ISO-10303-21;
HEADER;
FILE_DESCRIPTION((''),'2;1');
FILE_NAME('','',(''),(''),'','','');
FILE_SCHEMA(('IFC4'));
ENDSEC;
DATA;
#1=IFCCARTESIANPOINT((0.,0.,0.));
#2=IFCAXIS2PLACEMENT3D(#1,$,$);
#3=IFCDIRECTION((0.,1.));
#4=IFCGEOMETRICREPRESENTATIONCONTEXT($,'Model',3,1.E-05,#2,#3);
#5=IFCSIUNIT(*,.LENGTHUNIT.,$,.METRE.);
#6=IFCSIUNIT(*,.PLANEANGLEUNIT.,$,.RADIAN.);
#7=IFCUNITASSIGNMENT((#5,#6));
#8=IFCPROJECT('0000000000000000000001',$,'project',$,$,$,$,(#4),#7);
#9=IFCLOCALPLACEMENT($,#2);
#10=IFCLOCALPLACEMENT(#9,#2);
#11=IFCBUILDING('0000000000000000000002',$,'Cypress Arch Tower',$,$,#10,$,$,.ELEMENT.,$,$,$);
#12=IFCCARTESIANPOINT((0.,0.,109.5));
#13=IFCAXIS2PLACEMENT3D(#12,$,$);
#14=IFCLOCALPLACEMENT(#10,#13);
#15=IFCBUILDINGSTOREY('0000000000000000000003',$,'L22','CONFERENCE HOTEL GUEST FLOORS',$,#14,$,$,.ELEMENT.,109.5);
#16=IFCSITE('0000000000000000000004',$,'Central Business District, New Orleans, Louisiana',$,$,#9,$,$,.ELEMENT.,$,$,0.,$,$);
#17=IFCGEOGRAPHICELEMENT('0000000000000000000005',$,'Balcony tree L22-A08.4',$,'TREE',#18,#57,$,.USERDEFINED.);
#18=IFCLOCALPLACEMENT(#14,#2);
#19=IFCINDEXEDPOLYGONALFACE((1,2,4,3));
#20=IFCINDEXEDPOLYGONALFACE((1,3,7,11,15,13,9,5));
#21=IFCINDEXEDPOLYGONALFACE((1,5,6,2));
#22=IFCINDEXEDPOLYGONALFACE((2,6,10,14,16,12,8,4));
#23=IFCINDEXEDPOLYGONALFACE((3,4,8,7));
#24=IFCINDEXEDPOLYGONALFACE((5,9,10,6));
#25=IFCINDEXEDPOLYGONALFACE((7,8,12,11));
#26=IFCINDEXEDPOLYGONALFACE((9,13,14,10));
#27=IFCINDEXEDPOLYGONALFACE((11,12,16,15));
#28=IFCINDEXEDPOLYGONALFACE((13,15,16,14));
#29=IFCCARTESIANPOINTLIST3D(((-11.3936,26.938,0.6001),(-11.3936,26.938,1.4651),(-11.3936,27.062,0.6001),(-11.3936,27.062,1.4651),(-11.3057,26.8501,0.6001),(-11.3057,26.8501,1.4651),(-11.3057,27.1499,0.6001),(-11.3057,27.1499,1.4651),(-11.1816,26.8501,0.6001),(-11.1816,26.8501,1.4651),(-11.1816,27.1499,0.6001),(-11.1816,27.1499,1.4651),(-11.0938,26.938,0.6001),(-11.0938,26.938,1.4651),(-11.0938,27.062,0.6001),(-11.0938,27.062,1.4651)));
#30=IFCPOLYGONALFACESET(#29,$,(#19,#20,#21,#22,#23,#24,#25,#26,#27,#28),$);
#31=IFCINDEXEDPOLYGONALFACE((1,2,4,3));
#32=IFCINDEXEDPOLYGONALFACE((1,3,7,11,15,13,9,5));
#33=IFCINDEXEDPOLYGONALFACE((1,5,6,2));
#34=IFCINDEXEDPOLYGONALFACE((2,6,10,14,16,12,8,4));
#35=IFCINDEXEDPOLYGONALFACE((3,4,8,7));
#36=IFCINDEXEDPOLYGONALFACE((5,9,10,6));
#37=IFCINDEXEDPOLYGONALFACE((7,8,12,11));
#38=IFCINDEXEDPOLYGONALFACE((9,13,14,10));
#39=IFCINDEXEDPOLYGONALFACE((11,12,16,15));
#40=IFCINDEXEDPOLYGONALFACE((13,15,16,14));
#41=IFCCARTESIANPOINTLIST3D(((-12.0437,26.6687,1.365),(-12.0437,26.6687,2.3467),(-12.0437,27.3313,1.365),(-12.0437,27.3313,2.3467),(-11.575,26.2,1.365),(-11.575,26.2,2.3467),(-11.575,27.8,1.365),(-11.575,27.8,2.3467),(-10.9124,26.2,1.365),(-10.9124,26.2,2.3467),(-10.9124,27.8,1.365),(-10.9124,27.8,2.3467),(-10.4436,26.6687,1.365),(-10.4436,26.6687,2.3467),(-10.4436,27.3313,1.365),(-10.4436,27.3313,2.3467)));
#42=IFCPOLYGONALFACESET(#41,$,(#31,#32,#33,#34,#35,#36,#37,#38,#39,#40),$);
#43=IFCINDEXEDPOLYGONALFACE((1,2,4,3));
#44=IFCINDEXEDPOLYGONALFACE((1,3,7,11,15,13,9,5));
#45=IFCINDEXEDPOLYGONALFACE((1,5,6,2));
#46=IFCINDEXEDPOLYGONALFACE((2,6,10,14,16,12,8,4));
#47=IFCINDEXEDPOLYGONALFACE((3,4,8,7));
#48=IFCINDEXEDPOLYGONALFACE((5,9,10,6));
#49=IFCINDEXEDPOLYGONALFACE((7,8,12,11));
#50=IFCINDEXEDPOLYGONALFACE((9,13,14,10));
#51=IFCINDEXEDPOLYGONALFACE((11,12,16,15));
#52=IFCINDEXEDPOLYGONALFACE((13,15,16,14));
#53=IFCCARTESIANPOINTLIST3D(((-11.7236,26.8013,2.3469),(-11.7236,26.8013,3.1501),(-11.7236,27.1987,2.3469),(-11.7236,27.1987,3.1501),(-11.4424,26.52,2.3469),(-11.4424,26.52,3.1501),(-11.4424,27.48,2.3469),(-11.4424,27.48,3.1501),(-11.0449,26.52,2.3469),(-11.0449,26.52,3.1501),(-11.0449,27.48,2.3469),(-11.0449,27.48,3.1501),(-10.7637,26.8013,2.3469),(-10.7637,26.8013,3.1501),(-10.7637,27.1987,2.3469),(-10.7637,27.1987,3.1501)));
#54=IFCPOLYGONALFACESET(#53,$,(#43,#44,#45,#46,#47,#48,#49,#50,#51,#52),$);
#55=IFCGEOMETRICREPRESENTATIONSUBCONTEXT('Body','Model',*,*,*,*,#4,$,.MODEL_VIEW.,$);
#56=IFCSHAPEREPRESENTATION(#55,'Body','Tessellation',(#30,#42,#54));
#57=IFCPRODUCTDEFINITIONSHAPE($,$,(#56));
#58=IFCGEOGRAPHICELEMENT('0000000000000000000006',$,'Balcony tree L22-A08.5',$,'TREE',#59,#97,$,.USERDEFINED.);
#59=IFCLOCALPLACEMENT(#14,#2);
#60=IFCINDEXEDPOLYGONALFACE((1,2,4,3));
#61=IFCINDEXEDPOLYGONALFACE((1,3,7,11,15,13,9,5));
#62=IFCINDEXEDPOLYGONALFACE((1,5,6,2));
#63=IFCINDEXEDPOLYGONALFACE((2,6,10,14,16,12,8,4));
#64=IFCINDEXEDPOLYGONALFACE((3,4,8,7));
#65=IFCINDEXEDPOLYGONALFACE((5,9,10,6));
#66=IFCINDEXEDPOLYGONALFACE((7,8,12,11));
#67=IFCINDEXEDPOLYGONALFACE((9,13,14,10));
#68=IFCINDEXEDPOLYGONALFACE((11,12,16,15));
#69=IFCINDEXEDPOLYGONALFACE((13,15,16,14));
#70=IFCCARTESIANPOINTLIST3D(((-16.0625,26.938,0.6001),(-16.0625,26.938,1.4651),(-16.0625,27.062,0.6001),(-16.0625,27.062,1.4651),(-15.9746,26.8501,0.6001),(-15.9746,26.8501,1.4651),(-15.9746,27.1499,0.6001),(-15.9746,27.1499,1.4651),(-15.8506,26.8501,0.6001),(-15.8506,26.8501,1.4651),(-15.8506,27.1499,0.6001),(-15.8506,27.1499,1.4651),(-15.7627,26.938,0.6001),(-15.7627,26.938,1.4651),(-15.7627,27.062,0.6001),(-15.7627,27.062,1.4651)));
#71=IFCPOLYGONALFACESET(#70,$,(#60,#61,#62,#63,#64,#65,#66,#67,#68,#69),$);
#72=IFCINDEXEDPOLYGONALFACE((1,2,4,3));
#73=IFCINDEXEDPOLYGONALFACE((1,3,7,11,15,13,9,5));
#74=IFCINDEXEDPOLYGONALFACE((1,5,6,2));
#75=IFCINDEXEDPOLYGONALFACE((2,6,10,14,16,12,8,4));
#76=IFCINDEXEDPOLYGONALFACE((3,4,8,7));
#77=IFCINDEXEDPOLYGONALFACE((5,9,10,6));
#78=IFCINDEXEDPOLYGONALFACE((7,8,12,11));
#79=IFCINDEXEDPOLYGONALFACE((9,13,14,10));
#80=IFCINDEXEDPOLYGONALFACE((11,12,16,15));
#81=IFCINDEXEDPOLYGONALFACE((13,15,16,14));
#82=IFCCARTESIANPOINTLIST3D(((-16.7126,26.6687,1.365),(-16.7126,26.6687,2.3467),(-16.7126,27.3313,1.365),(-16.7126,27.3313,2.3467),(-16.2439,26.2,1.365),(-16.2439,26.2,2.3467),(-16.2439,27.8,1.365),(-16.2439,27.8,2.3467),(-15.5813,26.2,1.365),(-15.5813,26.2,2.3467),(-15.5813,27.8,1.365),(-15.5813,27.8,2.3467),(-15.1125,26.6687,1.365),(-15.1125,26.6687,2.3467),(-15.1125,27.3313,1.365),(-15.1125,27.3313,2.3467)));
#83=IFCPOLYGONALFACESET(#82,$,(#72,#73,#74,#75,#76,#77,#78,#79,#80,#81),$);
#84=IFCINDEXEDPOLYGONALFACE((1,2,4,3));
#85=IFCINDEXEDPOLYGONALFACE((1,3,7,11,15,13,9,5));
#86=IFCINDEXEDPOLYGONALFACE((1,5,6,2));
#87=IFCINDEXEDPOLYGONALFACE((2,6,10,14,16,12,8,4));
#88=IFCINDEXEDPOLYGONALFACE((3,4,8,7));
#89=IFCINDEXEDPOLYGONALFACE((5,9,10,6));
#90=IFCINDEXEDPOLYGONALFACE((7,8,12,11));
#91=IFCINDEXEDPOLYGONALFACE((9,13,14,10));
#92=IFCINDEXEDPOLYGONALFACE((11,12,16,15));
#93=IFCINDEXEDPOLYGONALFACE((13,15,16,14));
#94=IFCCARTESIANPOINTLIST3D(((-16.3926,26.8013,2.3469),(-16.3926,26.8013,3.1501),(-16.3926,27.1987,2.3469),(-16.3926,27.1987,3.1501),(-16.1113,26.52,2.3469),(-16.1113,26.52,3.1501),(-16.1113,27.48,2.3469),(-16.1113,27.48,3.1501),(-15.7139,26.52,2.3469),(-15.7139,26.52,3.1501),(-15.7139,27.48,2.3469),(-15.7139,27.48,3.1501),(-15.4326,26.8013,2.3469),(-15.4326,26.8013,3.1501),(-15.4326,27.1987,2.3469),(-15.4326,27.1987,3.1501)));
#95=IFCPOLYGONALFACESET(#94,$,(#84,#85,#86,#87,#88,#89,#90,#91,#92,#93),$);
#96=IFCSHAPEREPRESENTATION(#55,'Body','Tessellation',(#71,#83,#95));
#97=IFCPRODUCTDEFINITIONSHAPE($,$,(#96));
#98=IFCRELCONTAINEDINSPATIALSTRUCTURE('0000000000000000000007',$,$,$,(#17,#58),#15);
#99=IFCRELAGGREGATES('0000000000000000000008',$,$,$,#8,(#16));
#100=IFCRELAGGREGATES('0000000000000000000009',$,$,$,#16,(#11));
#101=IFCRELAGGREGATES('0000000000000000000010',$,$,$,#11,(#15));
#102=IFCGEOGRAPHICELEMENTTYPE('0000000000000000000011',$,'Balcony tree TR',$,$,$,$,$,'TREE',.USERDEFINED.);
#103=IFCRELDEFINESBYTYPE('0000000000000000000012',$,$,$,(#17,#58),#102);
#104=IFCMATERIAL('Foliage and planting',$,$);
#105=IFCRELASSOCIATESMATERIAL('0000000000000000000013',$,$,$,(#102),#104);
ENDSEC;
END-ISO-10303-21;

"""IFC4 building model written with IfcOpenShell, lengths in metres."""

from ifc_helpers import new_model, si_unit, direction, frame, origin, place, context, subcontext, project, spatial, polyline, outline, extrude, material, type_object, element, save


model = new_model("IFC4")

# Units and contexts
model_context = context("Model", 3, precision=1e-05, world=origin(), true_north=direction((0.0, 1.0)))
body_context = subcontext(model_context, "Body", "Model", "MODEL_VIEW")
ifc_project = project(units=[si_unit("LENGTHUNIT", "METRE"), si_unit("PLANEANGLEUNIT", "RADIAN")], contexts=[model_context])

# Site, building, storey
site_placement = place(None, origin())
site = spatial("IfcSite", under=ifc_project, at=site_placement, Name="Central Business District, New Orleans, Louisiana", CompositionType="ELEMENT", RefElevation=0.0)
building_placement = place(site_placement, origin())
building = spatial("IfcBuilding", under=site, at=building_placement, Name="Cypress Arch Tower", CompositionType="ELEMENT")
storey_placement = place(building_placement, frame((0.0, 0.0, 109.5)))
storey = spatial("IfcBuildingStorey", under=building, at=storey_placement, Name="L22", Description="CONFERENCE HOTEL GUEST FLOORS", CompositionType="ELEMENT", Elevation=109.5)

# Geographic elements
ifc_material_1 = material(Name="Foliage and planting")
geographic_element_type = type_object("IfcGeographicElementType", Name="Balcony tree TR", ElementType="TREE", PredefinedType="USERDEFINED", material=ifc_material_1)
for number, where, z_axis, x_axis, name in (
    (1, (-11.2437, 27.0, 0.6001), (0.0, 0.0, 1.0), (1.0, 0.0, 0.0), "Balcony tree L22-A08.4"),
    (2, (-15.9126, 27.0, 0.6001), (0.0, 0.0, 1.0), (1.0, 0.0, 0.0), "Balcony tree L22-A08.5"),
):
    element("IfcGeographicElement", number, at=place(storey_placement, frame(where, z_axis=z_axis, x_axis=x_axis)), inside=storey, type_object=geographic_element_type, Name=name, ObjectType="TREE", PredefinedType="USERDEFINED", context=body_context, shape_type="SweptSolid", body=[
        extrude(outline(polyline([(0.1499, 0.062), (0.062, 0.1499), (-0.062, 0.1499), (-0.1499, 0.062), (-0.1499, -0.062), (-0.062, -0.1499), (0.062, -0.1499), (0.1499, -0.062), (0.1499, 0.062)])), origin(), (0.0, 0.0, 1.0), 0.865),
        extrude(outline(polyline([(0.8, 0.3313), (0.3313, 0.8), (-0.3313, 0.8), (-0.8, 0.3313), (-0.8, -0.3313), (-0.3313, -0.8), (0.3313, -0.8), (0.8, -0.3313), (0.8, 0.3313)])), frame((0.0, 0.0, 0.7649)), (0.0, 0.0, 1.0), 0.9817),
        extrude(outline(polyline([(0.48, 0.1987), (0.1987, 0.48), (-0.1987, 0.48), (-0.48, 0.1987), (-0.48, -0.1987), (-0.1987, -0.48), (0.1987, -0.48), (0.48, -0.1987), (0.48, 0.1987)])), frame((0.0, 0.0, 1.7468)), (0.0, 0.0, 1.0), 0.8032),
    ])

save(model, "model.ifc")
